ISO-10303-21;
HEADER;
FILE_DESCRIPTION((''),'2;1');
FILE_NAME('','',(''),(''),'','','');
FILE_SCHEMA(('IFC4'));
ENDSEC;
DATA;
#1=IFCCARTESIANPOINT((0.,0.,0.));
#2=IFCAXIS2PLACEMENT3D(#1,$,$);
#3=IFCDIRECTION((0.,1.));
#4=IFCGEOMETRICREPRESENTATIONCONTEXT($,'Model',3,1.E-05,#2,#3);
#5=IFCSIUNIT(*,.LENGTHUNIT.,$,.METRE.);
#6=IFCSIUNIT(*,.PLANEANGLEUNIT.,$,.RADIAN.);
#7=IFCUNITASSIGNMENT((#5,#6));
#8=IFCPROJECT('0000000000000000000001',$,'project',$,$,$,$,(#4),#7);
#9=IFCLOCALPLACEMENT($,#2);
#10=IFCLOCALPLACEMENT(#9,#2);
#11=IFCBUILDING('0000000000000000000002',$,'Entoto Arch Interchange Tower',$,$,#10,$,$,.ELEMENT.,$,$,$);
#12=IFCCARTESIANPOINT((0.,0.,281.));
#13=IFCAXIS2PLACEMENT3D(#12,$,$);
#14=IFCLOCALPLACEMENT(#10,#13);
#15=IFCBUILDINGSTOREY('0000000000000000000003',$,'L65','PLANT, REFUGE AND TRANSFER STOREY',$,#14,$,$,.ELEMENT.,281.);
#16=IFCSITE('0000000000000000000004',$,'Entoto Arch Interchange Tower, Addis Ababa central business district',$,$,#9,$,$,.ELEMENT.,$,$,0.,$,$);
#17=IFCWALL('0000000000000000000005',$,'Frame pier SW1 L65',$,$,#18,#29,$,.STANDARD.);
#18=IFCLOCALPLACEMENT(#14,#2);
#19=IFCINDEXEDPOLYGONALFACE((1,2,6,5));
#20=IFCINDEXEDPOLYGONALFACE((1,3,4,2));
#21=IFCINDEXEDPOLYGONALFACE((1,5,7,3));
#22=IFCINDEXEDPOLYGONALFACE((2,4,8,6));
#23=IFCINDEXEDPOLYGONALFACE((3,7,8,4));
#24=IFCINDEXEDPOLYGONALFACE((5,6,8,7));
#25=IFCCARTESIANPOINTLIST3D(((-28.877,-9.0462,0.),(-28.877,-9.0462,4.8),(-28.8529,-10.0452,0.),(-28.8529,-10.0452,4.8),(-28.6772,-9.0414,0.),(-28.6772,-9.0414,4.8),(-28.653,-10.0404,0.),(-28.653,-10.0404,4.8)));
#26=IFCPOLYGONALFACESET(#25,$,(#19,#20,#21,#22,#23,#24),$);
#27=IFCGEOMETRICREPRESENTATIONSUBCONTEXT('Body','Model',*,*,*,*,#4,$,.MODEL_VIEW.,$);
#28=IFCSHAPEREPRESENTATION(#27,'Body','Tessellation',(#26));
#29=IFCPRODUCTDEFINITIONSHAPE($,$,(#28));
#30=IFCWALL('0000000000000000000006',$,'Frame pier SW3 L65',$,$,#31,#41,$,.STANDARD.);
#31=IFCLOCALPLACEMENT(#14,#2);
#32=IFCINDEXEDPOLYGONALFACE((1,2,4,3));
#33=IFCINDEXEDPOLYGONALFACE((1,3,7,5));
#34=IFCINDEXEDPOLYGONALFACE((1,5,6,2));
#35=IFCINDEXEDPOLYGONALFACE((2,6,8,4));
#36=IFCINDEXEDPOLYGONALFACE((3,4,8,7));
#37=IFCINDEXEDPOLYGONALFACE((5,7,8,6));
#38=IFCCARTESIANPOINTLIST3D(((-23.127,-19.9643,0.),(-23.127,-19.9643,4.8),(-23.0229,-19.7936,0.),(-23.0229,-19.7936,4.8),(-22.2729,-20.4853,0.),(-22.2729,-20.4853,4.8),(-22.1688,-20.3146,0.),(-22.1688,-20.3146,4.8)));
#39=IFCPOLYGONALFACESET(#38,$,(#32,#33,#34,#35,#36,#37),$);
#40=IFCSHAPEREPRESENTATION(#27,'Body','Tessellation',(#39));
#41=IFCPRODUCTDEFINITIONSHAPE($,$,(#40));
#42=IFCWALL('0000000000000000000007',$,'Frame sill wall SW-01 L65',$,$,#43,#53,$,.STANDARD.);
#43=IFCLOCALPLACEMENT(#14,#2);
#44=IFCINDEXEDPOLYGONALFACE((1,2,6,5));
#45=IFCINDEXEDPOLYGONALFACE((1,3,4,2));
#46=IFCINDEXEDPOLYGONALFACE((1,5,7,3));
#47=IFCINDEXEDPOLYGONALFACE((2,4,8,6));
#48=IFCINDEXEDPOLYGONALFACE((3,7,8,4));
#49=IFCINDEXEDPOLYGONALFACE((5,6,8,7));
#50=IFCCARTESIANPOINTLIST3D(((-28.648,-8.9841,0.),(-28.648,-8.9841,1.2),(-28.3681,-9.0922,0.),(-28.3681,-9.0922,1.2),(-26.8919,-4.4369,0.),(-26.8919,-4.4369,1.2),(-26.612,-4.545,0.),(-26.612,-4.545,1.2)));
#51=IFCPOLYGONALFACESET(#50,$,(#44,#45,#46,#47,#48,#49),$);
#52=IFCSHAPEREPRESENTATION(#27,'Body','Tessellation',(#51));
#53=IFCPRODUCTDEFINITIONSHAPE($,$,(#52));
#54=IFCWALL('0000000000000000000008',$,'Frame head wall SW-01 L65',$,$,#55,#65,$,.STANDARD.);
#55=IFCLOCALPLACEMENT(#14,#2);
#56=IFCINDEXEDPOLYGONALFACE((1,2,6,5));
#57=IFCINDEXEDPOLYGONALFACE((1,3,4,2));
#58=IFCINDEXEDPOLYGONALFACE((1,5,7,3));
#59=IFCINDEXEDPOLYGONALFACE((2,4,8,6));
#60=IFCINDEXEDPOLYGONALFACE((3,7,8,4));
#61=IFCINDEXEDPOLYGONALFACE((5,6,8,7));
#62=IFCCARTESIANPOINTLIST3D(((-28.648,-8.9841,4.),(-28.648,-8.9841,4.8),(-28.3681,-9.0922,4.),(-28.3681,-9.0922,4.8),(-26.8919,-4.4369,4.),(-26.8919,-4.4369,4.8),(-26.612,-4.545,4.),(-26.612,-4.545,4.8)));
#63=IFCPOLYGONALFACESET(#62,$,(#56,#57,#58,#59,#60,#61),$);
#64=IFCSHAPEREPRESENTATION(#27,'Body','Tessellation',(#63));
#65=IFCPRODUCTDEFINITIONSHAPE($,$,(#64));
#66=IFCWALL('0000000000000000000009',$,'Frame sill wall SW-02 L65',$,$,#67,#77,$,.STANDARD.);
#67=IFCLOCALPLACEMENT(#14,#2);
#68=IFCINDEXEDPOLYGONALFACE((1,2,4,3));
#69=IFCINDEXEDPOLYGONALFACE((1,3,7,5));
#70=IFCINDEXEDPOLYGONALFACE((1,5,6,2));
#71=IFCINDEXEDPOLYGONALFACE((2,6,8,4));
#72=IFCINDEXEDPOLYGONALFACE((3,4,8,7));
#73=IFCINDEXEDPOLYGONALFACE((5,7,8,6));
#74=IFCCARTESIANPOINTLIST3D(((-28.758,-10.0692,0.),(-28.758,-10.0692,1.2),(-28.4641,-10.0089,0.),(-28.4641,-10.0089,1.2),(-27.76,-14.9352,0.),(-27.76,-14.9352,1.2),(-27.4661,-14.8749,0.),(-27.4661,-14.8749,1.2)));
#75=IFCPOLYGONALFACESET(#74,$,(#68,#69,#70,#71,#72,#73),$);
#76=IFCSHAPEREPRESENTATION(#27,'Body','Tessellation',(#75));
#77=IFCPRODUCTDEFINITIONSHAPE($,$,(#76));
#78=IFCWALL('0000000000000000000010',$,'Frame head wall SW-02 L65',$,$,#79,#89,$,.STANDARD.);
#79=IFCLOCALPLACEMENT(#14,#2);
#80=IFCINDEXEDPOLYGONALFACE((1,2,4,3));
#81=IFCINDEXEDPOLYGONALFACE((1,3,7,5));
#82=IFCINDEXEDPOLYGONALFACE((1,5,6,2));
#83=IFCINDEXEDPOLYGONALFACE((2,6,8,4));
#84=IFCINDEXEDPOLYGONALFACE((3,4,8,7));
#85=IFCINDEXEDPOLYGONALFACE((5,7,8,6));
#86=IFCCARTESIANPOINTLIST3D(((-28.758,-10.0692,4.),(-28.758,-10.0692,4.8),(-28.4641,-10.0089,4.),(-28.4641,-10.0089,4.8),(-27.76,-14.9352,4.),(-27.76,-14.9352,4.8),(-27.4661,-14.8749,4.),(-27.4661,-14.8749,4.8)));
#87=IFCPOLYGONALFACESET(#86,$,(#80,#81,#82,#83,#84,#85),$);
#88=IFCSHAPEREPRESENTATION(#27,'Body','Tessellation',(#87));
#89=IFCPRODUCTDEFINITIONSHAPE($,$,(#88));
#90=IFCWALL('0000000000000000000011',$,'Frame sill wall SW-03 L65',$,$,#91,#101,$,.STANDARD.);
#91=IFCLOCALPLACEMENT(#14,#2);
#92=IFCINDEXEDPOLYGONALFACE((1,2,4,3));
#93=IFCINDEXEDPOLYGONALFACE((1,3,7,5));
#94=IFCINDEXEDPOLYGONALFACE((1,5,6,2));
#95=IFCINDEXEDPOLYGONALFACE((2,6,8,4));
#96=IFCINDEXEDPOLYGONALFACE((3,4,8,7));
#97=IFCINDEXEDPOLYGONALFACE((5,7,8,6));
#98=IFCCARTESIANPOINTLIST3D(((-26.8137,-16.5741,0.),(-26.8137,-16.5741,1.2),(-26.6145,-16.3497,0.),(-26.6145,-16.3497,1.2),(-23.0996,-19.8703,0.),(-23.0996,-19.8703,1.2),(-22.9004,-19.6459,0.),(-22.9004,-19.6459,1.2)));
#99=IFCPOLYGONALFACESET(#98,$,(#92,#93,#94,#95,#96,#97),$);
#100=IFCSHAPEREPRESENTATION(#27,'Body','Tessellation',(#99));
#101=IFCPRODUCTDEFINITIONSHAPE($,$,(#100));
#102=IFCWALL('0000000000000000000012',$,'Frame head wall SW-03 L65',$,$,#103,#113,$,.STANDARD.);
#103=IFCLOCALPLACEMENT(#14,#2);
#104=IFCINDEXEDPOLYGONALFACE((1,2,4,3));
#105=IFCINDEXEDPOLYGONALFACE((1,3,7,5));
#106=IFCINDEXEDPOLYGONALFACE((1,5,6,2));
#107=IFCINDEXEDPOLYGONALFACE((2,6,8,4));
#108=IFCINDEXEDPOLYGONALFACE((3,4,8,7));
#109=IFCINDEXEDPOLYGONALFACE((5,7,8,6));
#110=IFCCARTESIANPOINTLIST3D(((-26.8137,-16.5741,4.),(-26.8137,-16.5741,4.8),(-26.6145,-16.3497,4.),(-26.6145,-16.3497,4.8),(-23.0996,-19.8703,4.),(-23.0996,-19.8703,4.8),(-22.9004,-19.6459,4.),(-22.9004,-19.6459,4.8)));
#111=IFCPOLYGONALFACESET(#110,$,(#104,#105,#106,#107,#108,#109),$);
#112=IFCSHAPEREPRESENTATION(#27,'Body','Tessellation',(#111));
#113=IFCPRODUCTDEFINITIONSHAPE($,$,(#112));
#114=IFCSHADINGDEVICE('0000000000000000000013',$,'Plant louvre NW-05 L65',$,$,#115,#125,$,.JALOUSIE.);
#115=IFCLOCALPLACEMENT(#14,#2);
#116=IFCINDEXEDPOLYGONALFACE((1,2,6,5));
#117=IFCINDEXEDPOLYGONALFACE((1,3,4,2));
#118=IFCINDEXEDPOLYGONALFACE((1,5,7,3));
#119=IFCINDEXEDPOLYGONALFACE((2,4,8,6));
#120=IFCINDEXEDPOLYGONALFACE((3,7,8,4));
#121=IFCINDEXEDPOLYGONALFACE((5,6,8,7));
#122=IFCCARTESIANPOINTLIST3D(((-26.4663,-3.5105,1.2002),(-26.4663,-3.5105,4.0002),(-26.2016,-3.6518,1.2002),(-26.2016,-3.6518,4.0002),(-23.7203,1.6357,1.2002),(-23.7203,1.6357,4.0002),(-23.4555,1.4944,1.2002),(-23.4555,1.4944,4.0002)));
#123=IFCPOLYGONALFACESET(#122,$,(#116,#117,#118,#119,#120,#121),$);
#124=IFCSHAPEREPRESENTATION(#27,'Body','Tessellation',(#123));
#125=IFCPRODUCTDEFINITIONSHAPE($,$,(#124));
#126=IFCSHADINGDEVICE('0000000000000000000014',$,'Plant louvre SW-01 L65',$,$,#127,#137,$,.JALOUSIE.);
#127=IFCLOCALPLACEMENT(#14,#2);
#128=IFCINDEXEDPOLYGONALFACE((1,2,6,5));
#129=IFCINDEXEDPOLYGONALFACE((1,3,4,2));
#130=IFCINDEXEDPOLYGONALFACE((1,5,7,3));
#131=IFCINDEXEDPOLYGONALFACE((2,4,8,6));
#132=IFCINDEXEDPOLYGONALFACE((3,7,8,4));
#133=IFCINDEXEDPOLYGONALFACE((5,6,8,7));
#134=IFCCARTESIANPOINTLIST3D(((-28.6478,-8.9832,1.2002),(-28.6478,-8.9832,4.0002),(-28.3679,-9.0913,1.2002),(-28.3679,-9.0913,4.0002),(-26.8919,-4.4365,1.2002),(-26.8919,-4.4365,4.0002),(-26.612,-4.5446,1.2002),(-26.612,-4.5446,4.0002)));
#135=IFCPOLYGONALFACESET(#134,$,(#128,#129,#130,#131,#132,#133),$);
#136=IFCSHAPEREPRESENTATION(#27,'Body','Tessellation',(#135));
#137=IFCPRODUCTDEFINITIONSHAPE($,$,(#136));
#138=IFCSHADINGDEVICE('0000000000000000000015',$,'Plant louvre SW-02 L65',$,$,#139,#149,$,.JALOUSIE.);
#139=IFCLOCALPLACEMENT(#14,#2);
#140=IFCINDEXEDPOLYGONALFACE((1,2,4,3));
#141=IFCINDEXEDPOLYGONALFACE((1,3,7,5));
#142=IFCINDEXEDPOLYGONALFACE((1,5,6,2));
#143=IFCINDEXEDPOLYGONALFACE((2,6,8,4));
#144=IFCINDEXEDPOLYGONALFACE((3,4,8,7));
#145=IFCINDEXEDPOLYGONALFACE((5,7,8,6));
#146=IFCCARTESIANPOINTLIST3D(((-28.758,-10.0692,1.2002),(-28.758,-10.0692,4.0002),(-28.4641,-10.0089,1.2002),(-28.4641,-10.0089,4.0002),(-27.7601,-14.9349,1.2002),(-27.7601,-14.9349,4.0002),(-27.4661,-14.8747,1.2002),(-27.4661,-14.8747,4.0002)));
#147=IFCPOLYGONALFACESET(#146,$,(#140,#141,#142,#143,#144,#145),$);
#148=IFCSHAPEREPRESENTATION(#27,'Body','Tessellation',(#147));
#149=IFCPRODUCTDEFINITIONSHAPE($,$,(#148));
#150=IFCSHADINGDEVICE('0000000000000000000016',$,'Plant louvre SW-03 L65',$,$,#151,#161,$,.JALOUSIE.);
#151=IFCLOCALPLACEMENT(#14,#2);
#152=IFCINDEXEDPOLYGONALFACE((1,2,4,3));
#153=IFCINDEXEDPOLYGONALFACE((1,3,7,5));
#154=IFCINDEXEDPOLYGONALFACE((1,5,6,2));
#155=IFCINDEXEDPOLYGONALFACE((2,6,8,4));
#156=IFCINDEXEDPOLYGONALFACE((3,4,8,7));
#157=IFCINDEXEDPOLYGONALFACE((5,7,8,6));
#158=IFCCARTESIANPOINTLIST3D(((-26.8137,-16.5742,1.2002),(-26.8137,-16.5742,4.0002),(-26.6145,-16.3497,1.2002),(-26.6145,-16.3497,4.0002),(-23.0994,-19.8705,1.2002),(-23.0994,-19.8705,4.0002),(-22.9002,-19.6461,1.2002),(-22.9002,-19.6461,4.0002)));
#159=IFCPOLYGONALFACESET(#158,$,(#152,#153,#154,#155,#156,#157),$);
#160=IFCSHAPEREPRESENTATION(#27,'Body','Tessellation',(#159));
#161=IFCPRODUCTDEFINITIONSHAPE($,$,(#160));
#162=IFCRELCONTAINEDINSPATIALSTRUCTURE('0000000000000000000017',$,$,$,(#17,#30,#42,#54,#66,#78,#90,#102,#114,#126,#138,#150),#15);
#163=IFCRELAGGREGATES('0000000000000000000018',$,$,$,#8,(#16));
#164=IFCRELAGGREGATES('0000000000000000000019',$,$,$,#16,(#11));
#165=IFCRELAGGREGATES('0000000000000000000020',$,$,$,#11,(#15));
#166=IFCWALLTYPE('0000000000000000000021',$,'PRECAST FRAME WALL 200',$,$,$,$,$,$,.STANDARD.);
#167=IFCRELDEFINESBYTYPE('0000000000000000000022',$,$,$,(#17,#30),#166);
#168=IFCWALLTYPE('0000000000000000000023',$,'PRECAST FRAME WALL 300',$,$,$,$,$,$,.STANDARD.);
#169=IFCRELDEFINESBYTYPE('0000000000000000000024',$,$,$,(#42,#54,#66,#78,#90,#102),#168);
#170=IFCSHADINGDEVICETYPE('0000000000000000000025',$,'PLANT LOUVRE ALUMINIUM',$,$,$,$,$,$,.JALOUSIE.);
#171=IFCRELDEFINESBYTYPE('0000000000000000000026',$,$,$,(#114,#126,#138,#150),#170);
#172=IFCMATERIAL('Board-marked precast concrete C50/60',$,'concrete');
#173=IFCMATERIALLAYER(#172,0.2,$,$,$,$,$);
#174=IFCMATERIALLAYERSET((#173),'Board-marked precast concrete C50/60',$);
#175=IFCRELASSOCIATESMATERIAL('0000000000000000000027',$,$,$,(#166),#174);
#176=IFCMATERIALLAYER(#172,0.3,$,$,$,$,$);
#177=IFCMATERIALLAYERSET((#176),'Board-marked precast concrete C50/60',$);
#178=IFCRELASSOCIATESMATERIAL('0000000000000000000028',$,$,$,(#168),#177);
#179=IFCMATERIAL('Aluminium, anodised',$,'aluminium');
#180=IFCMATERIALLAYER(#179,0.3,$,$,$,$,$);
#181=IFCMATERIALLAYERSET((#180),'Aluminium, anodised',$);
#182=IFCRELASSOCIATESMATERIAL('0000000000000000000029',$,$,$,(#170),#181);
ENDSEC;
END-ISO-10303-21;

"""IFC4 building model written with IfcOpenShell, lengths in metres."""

from ifc_helpers import new_model, si_unit, direction, frame, frame_2d, origin, origin_2d, place, context, subcontext, project, spatial, rectangle, extrude, material, layer, layer_set, type_object, element, save


model = new_model("IFC4")

# Units and contexts
model_context = context("Model", 3, precision=1e-05, world=origin(), true_north=direction((0.0, 1.0)))
body_context = subcontext(model_context, "Body", "Model", "MODEL_VIEW")
ifc_project = project(units=[si_unit("LENGTHUNIT", "METRE"), si_unit("PLANEANGLEUNIT", "RADIAN")], contexts=[model_context])

# Site, building, storey
site_placement = place(None, origin())
site = spatial("IfcSite", under=ifc_project, at=site_placement, Name="Entoto Arch Interchange Tower, Addis Ababa central business district", CompositionType="ELEMENT", RefElevation=0.0)
building_placement = place(site_placement, origin())
building = spatial("IfcBuilding", under=site, at=building_placement, Name="Entoto Arch Interchange Tower", CompositionType="ELEMENT")
storey_placement = place(building_placement, frame((0.0, 0.0, 281.0)))
storey = spatial("IfcBuildingStorey", under=building, at=storey_placement, Name="L65", Description="PLANT, REFUGE AND TRANSFER STOREY", CompositionType="ELEMENT", Elevation=281.0)

# Walls
ifc_material_1 = material(Name="Board-marked precast concrete C50/60", Category="concrete")
ifc_layer_1 = layer(ifc_material_1, 0.2)
ifc_layer_set_1 = layer_set([ifc_layer_1], Name="Board-marked precast concrete C50/60")
wall_type_1 = type_object("IfcWallType", Name="PRECAST FRAME WALL 200", PredefinedType="STANDARD", material=ifc_layer_set_1)
wall_1_placement = place(storey_placement, frame((-28.7771, -9.0439, 0.0), z_axis=(0.0, 0.0, 1.0), x_axis=(0.024186, -0.999707, 0.0)))
element("IfcWall", 1, at=wall_1_placement, inside=storey, type_object=wall_type_1, Name="Frame pier SW1 L65", PredefinedType="STANDARD", context=body_context, shape_type="SweptSolid", body=[
    extrude(rectangle(XDim=0.9993, YDim=0.2, at=frame_2d((0.4995, 0.0))), origin(), (0.0, 0.0, 1.0), 4.8),
])
wall_2_placement = place(storey_placement, frame((-23.075, -19.8789, 0.0), z_axis=(0.0, 0.0, 1.0), x_axis=(0.85368, -0.520798, 0.0)))
element("IfcWall", 2, at=wall_2_placement, inside=storey, type_object=wall_type_1, Name="Frame pier SW3 L65", PredefinedType="STANDARD", context=body_context, shape_type="SweptSolid", body=[
    extrude(rectangle(XDim=1.0005, YDim=0.2, at=frame_2d((0.5002, 0.0))), origin(), (0.0, 0.0, 1.0), 4.8),
])
ifc_layer_2 = layer(ifc_material_1, 0.3)
ifc_layer_set_2 = layer_set([ifc_layer_2], Name="Board-marked precast concrete C50/60")
wall_type_2 = type_object("IfcWallType", Name="PRECAST FRAME WALL 300", PredefinedType="STANDARD", material=ifc_layer_set_2)
wall_3_placement = place(storey_placement, frame((-26.752, -4.491, 0.0), z_axis=(0.0, 0.0, 1.0), x_axis=(-0.360268, -0.932849, 0.0)))
element("IfcWall", 3, at=wall_3_placement, inside=storey, type_object=wall_type_2, Name="Frame sill wall SW-01 L65", PredefinedType="STANDARD", context=body_context, shape_type="SweptSolid", body=[
    extrude(rectangle(XDim=4.8745, YDim=0.3, at=frame_2d((2.4373, 0.0))), origin(), (0.0, 0.0, 1.0), 1.2),
])
wall_4_placement = place(storey_placement, frame((-26.752, -4.491, 4.0), z_axis=(0.0, 0.0, 1.0), x_axis=(-0.360268, -0.932849, 0.0)))
element("IfcWall", 4, at=wall_4_placement, inside=storey, type_object=wall_type_2, Name="Frame head wall SW-01 L65", PredefinedType="STANDARD", context=body_context, shape_type="SweptSolid", body=[
    extrude(rectangle(XDim=4.8745, YDim=0.3, at=frame_2d((2.4373, 0.0))), origin(), (0.0, 0.0, 1.0), 0.8),
])
wall_5_placement = place(storey_placement, frame((-28.6111, -10.0391, 0.0), z_axis=(0.0, 0.0, 1.0), x_axis=(0.200925, -0.979607, 0.0)))
element("IfcWall", 5, at=wall_5_placement, inside=storey, type_object=wall_type_2, Name="Frame sill wall SW-02 L65", PredefinedType="STANDARD", context=body_context, shape_type="SweptSolid", body=[
    extrude(rectangle(XDim=4.9673, YDim=0.3, at=frame_2d((2.4836, 0.0))), origin(), (0.0, 0.0, 1.0), 1.2),
])
wall_6_placement = place(storey_placement, frame((-28.6111, -10.0391, 4.0), z_axis=(0.0, 0.0, 1.0), x_axis=(0.200925, -0.979607, 0.0)))
element("IfcWall", 6, at=wall_6_placement, inside=storey, type_object=wall_type_2, Name="Frame head wall SW-02 L65", PredefinedType="STANDARD", context=body_context, shape_type="SweptSolid", body=[
    extrude(rectangle(XDim=4.9673, YDim=0.3, at=frame_2d((2.4836, 0.0))), origin(), (0.0, 0.0, 1.0), 0.8),
])
wall_7_placement = place(storey_placement, frame((-26.7141, -16.4619, 0.0), z_axis=(0.0, 0.0, 1.0), x_axis=(0.747938, -0.663769, 0.0)))
element("IfcWall", 7, at=wall_7_placement, inside=storey, type_object=wall_type_2, Name="Frame sill wall SW-03 L65", PredefinedType="STANDARD", context=body_context, shape_type="SweptSolid", body=[
    extrude(rectangle(XDim=4.9658, YDim=0.3, at=frame_2d((2.4829, 0.0))), origin(), (0.0, 0.0, 1.0), 1.2),
])
wall_8_placement = place(storey_placement, frame((-26.7141, -16.4619, 4.0), z_axis=(0.0, 0.0, 1.0), x_axis=(0.747938, -0.663769, 0.0)))
element("IfcWall", 8, at=wall_8_placement, inside=storey, type_object=wall_type_2, Name="Frame head wall SW-03 L65", PredefinedType="STANDARD", context=body_context, shape_type="SweptSolid", body=[
    extrude(rectangle(XDim=4.9658, YDim=0.3, at=frame_2d((2.4829, 0.0))), origin(), (0.0, 0.0, 1.0), 0.8),
])

# Shading devices
ifc_material_2 = material(Name="Aluminium, anodised", Category="aluminium")
ifc_layer_3 = layer(ifc_material_2, 0.3)
ifc_layer_set_3 = layer_set([ifc_layer_3], Name="Aluminium, anodised")
shading_device_type = type_object("IfcShadingDeviceType", Name="PLANT LOUVRE ALUMINIUM", PredefinedType="JALOUSIE", material=ifc_layer_set_3)
shading_device_1_placement = place(storey_placement, frame((-24.9609, -1.0081, 1.2002), z_axis=(0.0, 0.0, 1.0), x_axis=(-0.470781, -0.88225, 0.0)))
element("IfcShadingDevice", 9, at=shading_device_1_placement, inside=storey, type_object=shading_device_type, Name="Plant louvre NW-05 L65", PredefinedType="JALOUSIE", context=body_context, shape_type="SweptSolid", body=[
    extrude(rectangle(XDim=5.833, YDim=0.3, at=origin_2d()), origin(), (0.0, 0.0, 1.0), 2.8),
])
shading_device_2_placement = place(storey_placement, frame((-27.6299, -6.7639, 1.2002), z_axis=(0.0, 0.0, 1.0), x_axis=(-0.360257, -0.932853, 0.0)))
element("IfcShadingDevice", 10, at=shading_device_2_placement, inside=storey, type_object=shading_device_type, Name="Plant louvre SW-01 L65", PredefinedType="JALOUSIE", context=body_context, shape_type="SweptSolid", body=[
    extrude(rectangle(XDim=4.874, YDim=0.3, at=origin_2d()), origin(), (0.0, 0.0, 1.0), 2.8),
])
shading_device_3_placement = place(storey_placement, frame((-28.1121, -12.4719, 1.2002), z_axis=(0.0, 0.0, 1.0), x_axis=(0.200907, -0.97961, 0.0)))
element("IfcShadingDevice", 11, at=shading_device_3_placement, inside=storey, type_object=shading_device_type, Name="Plant louvre SW-02 L65", PredefinedType="JALOUSIE", context=body_context, shape_type="SweptSolid", body=[
    extrude(rectangle(XDim=4.967, YDim=0.3, at=origin_2d()), origin(), (0.0, 0.0, 1.0), 2.8),
])
shading_device_4_placement = place(storey_placement, frame((-24.8569, -18.1101, 1.2002), z_axis=(0.0, 0.0, 1.0), x_axis=(0.747937, -0.66377, 0.0)))
element("IfcShadingDevice", 12, at=shading_device_4_placement, inside=storey, type_object=shading_device_type, Name="Plant louvre SW-03 L65", PredefinedType="JALOUSIE", context=body_context, shape_type="SweptSolid", body=[
    extrude(rectangle(XDim=4.9661, YDim=0.3, at=origin_2d()), origin(), (0.0, 0.0, 1.0), 2.8),
])

save(model, "model.ifc")
